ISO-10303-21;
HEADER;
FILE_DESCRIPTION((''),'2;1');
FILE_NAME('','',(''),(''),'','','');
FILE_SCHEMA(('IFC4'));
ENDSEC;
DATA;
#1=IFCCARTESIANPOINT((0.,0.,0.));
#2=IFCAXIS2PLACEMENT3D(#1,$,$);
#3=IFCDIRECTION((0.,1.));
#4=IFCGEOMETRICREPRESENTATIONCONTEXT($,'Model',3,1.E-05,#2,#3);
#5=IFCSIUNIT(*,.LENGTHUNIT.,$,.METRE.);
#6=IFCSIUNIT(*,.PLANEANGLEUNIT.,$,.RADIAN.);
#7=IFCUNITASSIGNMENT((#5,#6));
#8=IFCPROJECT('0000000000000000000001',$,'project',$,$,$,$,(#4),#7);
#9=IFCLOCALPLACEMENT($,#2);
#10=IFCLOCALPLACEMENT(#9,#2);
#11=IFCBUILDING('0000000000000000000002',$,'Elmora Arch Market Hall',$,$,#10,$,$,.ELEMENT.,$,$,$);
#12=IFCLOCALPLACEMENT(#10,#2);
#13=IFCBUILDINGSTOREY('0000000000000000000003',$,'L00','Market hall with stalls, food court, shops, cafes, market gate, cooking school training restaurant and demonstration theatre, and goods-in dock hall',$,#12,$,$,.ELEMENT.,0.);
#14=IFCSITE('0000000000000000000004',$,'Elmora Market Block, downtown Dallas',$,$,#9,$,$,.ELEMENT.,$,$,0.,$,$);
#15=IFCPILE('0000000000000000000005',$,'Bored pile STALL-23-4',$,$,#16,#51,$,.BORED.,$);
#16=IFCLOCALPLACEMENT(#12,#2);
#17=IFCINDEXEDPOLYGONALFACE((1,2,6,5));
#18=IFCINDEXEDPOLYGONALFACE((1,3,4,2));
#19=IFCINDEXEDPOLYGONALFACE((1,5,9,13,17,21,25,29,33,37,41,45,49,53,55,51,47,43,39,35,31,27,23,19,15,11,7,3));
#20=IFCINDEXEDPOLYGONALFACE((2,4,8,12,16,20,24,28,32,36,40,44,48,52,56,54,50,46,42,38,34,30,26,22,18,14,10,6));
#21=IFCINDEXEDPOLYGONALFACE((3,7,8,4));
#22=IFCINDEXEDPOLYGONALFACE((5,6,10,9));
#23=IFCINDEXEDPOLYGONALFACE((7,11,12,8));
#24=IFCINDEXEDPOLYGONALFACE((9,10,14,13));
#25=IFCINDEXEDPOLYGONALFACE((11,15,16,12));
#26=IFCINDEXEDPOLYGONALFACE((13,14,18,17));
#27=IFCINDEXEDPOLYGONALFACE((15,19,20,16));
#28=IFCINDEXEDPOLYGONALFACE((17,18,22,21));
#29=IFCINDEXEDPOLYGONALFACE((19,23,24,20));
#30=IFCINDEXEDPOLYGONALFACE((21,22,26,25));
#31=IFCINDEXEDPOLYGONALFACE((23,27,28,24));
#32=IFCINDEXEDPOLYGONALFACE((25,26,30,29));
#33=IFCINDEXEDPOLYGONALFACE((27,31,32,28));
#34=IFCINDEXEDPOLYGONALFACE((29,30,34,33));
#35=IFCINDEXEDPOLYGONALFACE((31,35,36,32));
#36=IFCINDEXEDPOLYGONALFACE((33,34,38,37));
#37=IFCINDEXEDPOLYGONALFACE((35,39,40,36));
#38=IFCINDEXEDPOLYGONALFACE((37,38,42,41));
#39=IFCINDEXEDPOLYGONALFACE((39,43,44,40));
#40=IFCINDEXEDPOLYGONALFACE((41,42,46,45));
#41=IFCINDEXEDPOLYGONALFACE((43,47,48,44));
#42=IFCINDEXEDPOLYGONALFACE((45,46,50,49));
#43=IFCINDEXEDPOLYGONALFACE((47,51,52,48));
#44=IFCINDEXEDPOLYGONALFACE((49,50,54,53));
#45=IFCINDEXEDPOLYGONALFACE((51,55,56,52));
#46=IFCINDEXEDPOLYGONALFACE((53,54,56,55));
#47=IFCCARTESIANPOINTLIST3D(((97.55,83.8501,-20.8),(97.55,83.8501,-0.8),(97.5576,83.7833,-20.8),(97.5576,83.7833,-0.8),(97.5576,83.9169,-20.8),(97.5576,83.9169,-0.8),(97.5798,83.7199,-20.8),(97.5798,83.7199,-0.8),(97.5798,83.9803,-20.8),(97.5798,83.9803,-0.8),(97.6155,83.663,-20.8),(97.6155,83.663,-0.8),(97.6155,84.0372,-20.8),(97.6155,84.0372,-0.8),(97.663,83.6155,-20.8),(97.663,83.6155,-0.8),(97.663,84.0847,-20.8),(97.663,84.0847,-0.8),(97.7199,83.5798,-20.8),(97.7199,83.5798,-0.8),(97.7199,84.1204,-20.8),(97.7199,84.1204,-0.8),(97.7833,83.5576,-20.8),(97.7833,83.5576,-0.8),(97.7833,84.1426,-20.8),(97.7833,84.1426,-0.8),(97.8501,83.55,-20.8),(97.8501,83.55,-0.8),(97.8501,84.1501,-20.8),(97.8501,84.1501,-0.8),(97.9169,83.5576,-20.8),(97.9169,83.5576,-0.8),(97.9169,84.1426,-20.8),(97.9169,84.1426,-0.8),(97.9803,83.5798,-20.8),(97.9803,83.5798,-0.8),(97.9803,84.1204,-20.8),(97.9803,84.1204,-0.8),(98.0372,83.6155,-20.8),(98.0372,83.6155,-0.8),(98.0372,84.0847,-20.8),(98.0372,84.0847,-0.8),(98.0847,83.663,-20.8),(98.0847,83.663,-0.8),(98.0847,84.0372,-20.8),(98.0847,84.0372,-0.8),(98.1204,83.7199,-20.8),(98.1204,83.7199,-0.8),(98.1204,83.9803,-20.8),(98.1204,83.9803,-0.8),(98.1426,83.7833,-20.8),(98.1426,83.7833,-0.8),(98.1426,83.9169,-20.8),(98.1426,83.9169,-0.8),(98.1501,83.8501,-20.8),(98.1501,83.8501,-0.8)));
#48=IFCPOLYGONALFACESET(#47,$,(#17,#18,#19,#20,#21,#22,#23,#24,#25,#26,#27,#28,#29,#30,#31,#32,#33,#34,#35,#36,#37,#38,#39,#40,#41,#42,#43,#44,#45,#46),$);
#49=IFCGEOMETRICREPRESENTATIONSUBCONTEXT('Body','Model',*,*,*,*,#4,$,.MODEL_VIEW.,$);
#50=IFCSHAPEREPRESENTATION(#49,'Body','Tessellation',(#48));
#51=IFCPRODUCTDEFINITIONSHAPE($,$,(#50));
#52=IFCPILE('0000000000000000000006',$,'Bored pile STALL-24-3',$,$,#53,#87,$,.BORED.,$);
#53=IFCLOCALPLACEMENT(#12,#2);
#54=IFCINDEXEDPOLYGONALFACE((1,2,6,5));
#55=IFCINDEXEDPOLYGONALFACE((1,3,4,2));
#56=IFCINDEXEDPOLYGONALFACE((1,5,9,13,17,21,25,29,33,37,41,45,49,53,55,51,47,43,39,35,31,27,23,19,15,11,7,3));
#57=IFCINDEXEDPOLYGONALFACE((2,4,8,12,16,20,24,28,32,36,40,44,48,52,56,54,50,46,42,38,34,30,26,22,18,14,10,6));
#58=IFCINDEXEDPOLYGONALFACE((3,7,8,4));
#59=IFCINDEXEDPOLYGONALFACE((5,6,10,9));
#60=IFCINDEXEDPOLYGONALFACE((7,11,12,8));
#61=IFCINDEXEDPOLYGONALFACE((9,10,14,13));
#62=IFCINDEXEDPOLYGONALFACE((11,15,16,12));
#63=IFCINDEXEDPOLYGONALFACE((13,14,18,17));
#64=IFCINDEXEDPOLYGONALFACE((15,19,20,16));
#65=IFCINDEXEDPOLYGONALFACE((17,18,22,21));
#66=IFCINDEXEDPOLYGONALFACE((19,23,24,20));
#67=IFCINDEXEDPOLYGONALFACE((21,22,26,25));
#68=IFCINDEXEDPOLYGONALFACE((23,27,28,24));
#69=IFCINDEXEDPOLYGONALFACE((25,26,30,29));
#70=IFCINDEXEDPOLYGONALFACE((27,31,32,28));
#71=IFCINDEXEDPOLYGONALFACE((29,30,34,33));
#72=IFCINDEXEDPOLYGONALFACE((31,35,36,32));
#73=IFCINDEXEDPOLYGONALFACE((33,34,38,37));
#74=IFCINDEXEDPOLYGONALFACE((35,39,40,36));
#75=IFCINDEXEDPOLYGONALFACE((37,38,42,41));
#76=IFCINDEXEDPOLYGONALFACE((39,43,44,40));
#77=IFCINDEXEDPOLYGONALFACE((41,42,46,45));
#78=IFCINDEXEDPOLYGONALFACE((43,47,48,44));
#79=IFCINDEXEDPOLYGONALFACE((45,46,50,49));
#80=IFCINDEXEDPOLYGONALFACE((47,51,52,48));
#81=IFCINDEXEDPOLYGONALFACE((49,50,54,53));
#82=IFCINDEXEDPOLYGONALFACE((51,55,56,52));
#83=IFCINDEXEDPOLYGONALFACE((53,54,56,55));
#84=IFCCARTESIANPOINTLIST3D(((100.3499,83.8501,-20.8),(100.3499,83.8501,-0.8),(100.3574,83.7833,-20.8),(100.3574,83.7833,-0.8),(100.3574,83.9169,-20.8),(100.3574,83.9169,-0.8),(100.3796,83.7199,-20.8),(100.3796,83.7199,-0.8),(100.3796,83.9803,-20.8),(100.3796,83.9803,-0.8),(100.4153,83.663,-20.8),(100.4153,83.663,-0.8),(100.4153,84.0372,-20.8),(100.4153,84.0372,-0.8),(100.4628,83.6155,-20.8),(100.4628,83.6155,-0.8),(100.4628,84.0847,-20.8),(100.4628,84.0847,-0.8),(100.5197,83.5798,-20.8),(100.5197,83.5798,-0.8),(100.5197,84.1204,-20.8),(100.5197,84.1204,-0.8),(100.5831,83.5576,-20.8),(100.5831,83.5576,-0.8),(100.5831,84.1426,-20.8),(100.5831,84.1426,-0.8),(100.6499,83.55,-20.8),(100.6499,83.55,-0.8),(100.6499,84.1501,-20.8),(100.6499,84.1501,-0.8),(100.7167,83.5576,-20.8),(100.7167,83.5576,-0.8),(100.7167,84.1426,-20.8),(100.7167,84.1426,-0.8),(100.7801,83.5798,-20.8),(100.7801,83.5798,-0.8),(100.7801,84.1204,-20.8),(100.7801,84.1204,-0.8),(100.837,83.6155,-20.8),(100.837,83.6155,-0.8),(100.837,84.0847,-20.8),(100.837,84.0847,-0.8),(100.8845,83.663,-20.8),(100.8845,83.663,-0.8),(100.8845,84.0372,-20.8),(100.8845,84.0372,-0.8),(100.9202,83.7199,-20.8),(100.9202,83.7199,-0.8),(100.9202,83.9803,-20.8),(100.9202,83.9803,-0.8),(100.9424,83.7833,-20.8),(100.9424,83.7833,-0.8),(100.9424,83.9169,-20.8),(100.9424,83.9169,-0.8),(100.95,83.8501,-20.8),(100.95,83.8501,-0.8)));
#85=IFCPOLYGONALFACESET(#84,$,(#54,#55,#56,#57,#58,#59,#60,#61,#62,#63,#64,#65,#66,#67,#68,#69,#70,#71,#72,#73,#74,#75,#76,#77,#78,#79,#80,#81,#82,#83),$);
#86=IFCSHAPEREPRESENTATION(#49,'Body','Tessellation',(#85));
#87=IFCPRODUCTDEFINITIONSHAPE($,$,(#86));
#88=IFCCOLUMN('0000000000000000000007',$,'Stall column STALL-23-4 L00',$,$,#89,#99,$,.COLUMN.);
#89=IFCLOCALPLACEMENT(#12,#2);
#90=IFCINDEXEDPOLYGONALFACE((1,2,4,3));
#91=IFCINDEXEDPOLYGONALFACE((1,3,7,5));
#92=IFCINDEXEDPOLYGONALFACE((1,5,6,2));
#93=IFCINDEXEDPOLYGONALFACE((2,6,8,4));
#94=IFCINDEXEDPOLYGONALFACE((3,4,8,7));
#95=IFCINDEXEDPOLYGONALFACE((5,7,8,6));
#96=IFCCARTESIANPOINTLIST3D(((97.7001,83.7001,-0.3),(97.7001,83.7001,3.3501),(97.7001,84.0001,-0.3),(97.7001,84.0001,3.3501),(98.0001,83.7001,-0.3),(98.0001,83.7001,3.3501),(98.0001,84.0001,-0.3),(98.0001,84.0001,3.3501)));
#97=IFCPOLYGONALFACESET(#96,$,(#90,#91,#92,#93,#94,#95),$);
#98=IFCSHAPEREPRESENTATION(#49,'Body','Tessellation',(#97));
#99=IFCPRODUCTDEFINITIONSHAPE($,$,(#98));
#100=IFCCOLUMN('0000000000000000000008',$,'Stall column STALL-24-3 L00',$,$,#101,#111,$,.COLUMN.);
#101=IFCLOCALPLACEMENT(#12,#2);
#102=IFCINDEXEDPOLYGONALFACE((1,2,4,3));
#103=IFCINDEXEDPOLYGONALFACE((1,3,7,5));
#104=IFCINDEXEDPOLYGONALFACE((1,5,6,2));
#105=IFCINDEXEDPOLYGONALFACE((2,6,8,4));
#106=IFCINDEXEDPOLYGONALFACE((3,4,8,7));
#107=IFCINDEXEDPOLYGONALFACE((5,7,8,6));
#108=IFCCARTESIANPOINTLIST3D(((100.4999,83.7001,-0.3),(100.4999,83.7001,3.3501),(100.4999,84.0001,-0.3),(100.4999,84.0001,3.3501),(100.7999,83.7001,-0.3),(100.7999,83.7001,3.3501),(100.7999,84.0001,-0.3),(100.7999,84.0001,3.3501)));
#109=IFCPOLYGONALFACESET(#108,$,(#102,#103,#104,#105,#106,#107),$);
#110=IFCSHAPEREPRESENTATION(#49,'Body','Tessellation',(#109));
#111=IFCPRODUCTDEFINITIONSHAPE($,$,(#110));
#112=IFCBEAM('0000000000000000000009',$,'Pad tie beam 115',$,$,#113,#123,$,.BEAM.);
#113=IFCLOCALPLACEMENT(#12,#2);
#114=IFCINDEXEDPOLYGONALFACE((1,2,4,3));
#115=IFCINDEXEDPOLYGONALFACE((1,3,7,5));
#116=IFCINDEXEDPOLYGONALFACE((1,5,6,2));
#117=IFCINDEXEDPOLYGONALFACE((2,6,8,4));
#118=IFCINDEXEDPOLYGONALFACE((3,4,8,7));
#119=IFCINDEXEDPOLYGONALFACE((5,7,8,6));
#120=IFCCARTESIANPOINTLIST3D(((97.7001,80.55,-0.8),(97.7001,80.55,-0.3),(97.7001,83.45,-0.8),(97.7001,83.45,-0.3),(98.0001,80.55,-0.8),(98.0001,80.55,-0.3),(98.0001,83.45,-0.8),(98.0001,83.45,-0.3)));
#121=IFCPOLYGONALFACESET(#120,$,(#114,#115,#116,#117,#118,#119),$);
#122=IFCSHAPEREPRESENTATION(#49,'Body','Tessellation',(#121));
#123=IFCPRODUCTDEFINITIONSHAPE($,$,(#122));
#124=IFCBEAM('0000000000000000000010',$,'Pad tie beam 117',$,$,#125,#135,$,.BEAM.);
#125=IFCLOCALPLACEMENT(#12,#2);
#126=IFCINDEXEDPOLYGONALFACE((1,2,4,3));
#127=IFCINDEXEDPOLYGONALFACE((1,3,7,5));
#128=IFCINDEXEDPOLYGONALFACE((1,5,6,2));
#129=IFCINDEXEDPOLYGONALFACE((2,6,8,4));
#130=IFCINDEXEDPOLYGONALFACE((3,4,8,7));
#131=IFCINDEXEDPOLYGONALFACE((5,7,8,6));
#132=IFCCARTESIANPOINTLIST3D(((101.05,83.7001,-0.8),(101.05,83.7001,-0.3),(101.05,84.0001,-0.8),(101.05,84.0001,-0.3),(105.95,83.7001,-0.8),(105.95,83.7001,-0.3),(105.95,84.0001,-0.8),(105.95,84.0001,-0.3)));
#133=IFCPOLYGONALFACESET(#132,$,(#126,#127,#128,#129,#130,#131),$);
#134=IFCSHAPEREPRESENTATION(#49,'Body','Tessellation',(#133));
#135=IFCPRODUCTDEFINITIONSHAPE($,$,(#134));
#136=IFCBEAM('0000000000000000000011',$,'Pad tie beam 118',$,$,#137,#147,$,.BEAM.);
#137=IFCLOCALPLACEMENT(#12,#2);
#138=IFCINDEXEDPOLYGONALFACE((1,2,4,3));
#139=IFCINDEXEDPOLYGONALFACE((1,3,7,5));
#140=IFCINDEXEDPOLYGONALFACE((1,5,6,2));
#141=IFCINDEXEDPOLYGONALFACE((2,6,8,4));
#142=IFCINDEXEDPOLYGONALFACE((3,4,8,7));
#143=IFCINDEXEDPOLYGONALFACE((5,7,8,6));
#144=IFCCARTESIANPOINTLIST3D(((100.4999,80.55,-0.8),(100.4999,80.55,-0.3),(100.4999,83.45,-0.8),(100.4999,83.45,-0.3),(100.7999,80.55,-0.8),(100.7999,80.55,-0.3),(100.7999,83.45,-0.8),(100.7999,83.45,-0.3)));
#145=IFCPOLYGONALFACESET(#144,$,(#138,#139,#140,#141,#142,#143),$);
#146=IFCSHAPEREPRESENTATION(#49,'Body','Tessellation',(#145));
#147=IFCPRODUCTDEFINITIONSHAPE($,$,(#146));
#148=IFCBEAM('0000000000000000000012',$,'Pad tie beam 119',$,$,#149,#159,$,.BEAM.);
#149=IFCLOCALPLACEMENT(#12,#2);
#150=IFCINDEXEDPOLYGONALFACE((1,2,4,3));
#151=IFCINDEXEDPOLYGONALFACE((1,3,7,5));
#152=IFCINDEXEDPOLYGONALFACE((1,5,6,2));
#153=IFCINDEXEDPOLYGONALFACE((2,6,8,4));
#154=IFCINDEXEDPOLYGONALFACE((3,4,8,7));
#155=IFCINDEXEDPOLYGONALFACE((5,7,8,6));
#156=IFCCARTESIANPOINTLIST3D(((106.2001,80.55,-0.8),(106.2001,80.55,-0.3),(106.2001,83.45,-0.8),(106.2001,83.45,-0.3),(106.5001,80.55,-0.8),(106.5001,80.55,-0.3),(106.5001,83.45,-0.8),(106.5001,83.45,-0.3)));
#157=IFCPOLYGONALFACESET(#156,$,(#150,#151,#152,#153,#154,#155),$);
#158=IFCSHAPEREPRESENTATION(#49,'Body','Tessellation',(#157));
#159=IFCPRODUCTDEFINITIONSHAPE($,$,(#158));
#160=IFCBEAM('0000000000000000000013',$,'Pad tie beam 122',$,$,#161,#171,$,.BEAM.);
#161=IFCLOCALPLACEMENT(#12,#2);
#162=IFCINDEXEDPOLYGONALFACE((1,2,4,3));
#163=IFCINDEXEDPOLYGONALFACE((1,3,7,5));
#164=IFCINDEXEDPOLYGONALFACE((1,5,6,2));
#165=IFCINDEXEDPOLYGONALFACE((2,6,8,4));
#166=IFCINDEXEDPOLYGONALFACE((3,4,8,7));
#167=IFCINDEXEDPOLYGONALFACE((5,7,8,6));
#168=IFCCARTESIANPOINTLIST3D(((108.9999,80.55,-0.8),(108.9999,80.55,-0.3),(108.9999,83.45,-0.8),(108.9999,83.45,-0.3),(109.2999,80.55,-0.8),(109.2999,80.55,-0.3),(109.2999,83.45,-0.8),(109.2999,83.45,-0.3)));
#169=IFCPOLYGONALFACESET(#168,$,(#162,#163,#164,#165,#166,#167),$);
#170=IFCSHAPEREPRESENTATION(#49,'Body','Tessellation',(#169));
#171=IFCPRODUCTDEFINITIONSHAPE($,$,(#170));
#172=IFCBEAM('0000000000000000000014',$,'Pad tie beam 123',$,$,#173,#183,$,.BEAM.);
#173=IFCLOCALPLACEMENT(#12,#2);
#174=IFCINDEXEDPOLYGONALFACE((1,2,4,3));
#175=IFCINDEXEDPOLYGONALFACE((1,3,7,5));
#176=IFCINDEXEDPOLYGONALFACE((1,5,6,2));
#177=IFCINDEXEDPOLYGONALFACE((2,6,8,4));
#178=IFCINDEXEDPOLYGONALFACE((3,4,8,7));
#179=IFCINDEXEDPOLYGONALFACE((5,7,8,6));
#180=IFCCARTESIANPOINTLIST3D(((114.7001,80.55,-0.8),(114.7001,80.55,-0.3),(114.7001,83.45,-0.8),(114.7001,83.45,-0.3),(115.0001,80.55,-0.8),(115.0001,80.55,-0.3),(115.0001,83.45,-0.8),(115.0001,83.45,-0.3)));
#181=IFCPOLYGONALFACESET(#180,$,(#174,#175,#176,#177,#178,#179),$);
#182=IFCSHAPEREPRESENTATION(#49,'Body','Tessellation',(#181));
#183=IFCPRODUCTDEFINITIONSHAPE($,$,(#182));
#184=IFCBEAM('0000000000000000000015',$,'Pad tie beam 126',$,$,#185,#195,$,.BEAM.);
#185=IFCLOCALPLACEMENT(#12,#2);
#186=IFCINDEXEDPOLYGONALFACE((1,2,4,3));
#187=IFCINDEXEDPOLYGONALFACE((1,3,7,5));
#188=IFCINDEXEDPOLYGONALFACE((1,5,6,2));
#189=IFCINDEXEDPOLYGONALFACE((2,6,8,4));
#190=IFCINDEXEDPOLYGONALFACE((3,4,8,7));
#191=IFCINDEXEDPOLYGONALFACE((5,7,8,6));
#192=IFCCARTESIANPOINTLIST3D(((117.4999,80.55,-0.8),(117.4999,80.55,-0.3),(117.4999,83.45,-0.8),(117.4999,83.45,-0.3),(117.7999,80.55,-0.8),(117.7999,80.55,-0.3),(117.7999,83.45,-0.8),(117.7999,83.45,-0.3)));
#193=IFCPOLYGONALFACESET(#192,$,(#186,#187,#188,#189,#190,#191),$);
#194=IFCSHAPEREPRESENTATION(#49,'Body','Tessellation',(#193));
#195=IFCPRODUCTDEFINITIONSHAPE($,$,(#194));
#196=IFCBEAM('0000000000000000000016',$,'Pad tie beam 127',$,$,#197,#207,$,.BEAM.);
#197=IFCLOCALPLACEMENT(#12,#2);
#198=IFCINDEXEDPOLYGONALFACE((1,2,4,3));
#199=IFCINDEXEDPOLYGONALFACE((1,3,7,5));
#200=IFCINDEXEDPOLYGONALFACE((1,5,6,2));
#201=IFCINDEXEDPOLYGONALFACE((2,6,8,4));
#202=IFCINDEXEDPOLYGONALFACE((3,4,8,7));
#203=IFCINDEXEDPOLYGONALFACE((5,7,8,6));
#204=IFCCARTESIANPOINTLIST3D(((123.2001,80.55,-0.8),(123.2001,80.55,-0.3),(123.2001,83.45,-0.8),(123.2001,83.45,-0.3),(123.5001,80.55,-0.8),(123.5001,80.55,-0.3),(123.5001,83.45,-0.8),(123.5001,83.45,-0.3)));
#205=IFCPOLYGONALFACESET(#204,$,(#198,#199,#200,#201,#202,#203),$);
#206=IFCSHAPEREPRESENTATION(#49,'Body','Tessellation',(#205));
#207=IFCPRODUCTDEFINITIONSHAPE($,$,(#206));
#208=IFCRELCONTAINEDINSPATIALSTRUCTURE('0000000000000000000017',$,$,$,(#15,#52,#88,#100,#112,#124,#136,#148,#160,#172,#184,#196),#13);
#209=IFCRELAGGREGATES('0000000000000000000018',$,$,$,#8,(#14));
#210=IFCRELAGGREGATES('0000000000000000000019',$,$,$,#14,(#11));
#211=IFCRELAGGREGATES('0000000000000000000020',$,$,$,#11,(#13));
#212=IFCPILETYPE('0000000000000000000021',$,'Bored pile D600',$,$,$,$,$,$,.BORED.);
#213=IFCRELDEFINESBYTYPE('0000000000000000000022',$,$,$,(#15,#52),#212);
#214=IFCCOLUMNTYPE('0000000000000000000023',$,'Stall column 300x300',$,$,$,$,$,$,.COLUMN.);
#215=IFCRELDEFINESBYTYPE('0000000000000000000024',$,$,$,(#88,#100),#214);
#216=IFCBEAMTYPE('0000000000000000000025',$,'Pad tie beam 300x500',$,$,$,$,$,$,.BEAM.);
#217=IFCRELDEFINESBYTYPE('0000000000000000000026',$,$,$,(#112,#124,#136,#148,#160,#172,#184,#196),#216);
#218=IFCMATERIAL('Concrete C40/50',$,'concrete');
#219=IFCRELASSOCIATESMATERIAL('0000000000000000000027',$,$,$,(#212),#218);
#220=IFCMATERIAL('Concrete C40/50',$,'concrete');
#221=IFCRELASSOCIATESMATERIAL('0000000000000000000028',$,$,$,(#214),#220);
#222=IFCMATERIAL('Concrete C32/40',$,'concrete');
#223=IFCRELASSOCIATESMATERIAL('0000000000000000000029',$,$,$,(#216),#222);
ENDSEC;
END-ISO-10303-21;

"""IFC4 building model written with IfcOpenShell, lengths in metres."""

from ifc_helpers import new_model, si_unit, direction, frame, origin, origin_2d, place, context, subcontext, project, spatial, rectangle, circle, extrude, material, material_profile, profile_set, type_object, element, save


model = new_model("IFC4")

# Units and contexts
model_context = context("Model", 3, precision=1e-05, world=origin(), true_north=direction((0.0, 1.0)))
body_context = subcontext(model_context, "Body", "Model", "MODEL_VIEW")
ifc_project = project(units=[si_unit("LENGTHUNIT", "METRE"), si_unit("PLANEANGLEUNIT", "RADIAN")], contexts=[model_context])

# Site, building, storey
site_placement = place(None, origin())
site = spatial("IfcSite", under=ifc_project, at=site_placement, Name="Elmora Market Block, downtown Dallas", CompositionType="ELEMENT", RefElevation=0.0)
building_placement = place(site_placement, origin())
building = spatial("IfcBuilding", under=site, at=building_placement, Name="Elmora Arch Market Hall", CompositionType="ELEMENT")
storey_placement = place(building_placement, origin())
storey = spatial("IfcBuildingStorey", under=building, at=storey_placement, Name="L00", Description="Market hall with stalls, food court, shops, cafes, market gate, cooking school training restaurant and demonstration theatre, and goods-in dock hall", CompositionType="ELEMENT", Elevation=0.0)

# Piles
ifc_material_1 = material(Name="Concrete C40/50", Category="concrete")
ifc_material_profile_1 = material_profile(ifc_material_1, circle(Radius=0.3, at=origin_2d()), Name="Bored pile D600")
ifc_profile_set_1 = profile_set([ifc_material_profile_1], Name="Concrete C40/50")
pile_type = type_object("IfcPileType", Name="Bored pile D600", PredefinedType="BORED", material=ifc_profile_set_1)
for number, where, z_axis, x_axis, name in (
    (1, (97.8501, 83.8501, -0.8), (0.0, 0.0, -1.0), (1.0, 0.0, 0.0), "Bored pile STALL-23-4"),
    (2, (100.6499, 83.8501, -0.8), (0.0, 0.0, -1.0), (1.0, 0.0, 0.0), "Bored pile STALL-24-3"),
):
    element("IfcPile", number, at=place(storey_placement, frame(where, z_axis=z_axis, x_axis=x_axis)), inside=storey, type_object=pile_type, Name=name, PredefinedType="BORED", context=body_context, shape_type="SweptSolid", body=[
        extrude(circle(Radius=0.3, at=origin_2d()), origin(), (0.0, 0.0, 1.0), 20.0),
    ])

# Columns
ifc_material_2 = material(Name="Concrete C40/50", Category="concrete")
ifc_material_profile_2 = material_profile(ifc_material_2, rectangle(XDim=0.3, YDim=0.3, at=origin_2d()), Name="Stall column 300x300")
ifc_profile_set_2 = profile_set([ifc_material_profile_2], Name="Concrete C40/50")
column_type = type_object("IfcColumnType", Name="Stall column 300x300", PredefinedType="COLUMN", material=ifc_profile_set_2)
for number, where, z_axis, x_axis, name in (
    (3, (97.8501, 83.8501, -0.3), (0.0, 0.0, 1.0), (1.0, 0.0, 0.0), "Stall column STALL-23-4 L00"),
    (4, (100.6499, 83.8501, -0.3), (0.0, 0.0, 1.0), (1.0, 0.0, 0.0), "Stall column STALL-24-3 L00"),
):
    element("IfcColumn", number, at=place(storey_placement, frame(where, z_axis=z_axis, x_axis=x_axis)), inside=storey, type_object=column_type, Name=name, PredefinedType="COLUMN", context=body_context, shape_type="SweptSolid", body=[
        extrude(rectangle(XDim=0.3, YDim=0.3, at=origin_2d()), origin(), (0.0, 0.0, 1.0), 3.6501),
    ])

# Beams
ifc_material_3 = material(Name="Concrete C32/40", Category="concrete")
ifc_material_profile_3 = material_profile(ifc_material_3, rectangle(XDim=0.3, YDim=0.5, at=origin_2d()), Name="Pad tie beam 300x500")
ifc_profile_set_3 = profile_set([ifc_material_profile_3], Name="Concrete C32/40")
beam_type_1 = type_object("IfcBeamType", Name="Pad tie beam 300x500", PredefinedType="BEAM", material=ifc_profile_set_3)
beam_1_placement = place(storey_placement, frame((97.8501, 80.55, -0.55), z_axis=(0.0, 1.0, 0.0), x_axis=(-1.0, 0.0, 0.0)))
element("IfcBeam", 5, at=beam_1_placement, inside=storey, type_object=beam_type_1, Name="Pad tie beam 115", PredefinedType="BEAM", context=body_context, shape_type="SweptSolid", body=[
    extrude(rectangle(XDim=0.3, YDim=0.5, at=origin_2d()), origin(), (0.0, 0.0, 1.0), 2.8999),
])
beam_2_placement = place(storey_placement, frame((101.05, 83.8501, -0.55), z_axis=(1.0, 0.0, 0.0), x_axis=(0.0, 1.0, 0.0)))
element("IfcBeam", 6, at=beam_2_placement, inside=storey, type_object=beam_type_1, Name="Pad tie beam 117", PredefinedType="BEAM", context=body_context, shape_type="SweptSolid", body=[
    extrude(rectangle(XDim=0.3, YDim=0.5, at=origin_2d()), origin(), (0.0, 0.0, 1.0), 4.8999),
])
for number, where, z_axis, x_axis, name in (
    (7, (100.6499, 80.55, -0.55), (0.0, 1.0, 0.0), (-1.0, 0.0, 0.0), "Pad tie beam 118"),
    (8, (106.3501, 80.55, -0.55), (0.0, 1.0, 0.0), (-1.0, 0.0, 0.0), "Pad tie beam 119"),
    (9, (109.1499, 80.55, -0.55), (0.0, 1.0, 0.0), (-1.0, 0.0, 0.0), "Pad tie beam 122"),
    (10, (114.8501, 80.55, -0.55), (0.0, 1.0, 0.0), (-1.0, 0.0, 0.0), "Pad tie beam 123"),
    (11, (117.6499, 80.55, -0.55), (0.0, 1.0, 0.0), (-1.0, 0.0, 0.0), "Pad tie beam 126"),
    (12, (123.3501, 80.55, -0.55), (0.0, 1.0, 0.0), (-1.0, 0.0, 0.0), "Pad tie beam 127"),
):
    element("IfcBeam", number, at=place(storey_placement, frame(where, z_axis=z_axis, x_axis=x_axis)), inside=storey, type_object=beam_type_1, Name=name, PredefinedType="BEAM", context=body_context, shape_type="SweptSolid", body=[
        extrude(rectangle(XDim=0.3, YDim=0.5, at=origin_2d()), origin(), (0.0, 0.0, 1.0), 2.8999),
    ])

save(model, "model.ifc")
